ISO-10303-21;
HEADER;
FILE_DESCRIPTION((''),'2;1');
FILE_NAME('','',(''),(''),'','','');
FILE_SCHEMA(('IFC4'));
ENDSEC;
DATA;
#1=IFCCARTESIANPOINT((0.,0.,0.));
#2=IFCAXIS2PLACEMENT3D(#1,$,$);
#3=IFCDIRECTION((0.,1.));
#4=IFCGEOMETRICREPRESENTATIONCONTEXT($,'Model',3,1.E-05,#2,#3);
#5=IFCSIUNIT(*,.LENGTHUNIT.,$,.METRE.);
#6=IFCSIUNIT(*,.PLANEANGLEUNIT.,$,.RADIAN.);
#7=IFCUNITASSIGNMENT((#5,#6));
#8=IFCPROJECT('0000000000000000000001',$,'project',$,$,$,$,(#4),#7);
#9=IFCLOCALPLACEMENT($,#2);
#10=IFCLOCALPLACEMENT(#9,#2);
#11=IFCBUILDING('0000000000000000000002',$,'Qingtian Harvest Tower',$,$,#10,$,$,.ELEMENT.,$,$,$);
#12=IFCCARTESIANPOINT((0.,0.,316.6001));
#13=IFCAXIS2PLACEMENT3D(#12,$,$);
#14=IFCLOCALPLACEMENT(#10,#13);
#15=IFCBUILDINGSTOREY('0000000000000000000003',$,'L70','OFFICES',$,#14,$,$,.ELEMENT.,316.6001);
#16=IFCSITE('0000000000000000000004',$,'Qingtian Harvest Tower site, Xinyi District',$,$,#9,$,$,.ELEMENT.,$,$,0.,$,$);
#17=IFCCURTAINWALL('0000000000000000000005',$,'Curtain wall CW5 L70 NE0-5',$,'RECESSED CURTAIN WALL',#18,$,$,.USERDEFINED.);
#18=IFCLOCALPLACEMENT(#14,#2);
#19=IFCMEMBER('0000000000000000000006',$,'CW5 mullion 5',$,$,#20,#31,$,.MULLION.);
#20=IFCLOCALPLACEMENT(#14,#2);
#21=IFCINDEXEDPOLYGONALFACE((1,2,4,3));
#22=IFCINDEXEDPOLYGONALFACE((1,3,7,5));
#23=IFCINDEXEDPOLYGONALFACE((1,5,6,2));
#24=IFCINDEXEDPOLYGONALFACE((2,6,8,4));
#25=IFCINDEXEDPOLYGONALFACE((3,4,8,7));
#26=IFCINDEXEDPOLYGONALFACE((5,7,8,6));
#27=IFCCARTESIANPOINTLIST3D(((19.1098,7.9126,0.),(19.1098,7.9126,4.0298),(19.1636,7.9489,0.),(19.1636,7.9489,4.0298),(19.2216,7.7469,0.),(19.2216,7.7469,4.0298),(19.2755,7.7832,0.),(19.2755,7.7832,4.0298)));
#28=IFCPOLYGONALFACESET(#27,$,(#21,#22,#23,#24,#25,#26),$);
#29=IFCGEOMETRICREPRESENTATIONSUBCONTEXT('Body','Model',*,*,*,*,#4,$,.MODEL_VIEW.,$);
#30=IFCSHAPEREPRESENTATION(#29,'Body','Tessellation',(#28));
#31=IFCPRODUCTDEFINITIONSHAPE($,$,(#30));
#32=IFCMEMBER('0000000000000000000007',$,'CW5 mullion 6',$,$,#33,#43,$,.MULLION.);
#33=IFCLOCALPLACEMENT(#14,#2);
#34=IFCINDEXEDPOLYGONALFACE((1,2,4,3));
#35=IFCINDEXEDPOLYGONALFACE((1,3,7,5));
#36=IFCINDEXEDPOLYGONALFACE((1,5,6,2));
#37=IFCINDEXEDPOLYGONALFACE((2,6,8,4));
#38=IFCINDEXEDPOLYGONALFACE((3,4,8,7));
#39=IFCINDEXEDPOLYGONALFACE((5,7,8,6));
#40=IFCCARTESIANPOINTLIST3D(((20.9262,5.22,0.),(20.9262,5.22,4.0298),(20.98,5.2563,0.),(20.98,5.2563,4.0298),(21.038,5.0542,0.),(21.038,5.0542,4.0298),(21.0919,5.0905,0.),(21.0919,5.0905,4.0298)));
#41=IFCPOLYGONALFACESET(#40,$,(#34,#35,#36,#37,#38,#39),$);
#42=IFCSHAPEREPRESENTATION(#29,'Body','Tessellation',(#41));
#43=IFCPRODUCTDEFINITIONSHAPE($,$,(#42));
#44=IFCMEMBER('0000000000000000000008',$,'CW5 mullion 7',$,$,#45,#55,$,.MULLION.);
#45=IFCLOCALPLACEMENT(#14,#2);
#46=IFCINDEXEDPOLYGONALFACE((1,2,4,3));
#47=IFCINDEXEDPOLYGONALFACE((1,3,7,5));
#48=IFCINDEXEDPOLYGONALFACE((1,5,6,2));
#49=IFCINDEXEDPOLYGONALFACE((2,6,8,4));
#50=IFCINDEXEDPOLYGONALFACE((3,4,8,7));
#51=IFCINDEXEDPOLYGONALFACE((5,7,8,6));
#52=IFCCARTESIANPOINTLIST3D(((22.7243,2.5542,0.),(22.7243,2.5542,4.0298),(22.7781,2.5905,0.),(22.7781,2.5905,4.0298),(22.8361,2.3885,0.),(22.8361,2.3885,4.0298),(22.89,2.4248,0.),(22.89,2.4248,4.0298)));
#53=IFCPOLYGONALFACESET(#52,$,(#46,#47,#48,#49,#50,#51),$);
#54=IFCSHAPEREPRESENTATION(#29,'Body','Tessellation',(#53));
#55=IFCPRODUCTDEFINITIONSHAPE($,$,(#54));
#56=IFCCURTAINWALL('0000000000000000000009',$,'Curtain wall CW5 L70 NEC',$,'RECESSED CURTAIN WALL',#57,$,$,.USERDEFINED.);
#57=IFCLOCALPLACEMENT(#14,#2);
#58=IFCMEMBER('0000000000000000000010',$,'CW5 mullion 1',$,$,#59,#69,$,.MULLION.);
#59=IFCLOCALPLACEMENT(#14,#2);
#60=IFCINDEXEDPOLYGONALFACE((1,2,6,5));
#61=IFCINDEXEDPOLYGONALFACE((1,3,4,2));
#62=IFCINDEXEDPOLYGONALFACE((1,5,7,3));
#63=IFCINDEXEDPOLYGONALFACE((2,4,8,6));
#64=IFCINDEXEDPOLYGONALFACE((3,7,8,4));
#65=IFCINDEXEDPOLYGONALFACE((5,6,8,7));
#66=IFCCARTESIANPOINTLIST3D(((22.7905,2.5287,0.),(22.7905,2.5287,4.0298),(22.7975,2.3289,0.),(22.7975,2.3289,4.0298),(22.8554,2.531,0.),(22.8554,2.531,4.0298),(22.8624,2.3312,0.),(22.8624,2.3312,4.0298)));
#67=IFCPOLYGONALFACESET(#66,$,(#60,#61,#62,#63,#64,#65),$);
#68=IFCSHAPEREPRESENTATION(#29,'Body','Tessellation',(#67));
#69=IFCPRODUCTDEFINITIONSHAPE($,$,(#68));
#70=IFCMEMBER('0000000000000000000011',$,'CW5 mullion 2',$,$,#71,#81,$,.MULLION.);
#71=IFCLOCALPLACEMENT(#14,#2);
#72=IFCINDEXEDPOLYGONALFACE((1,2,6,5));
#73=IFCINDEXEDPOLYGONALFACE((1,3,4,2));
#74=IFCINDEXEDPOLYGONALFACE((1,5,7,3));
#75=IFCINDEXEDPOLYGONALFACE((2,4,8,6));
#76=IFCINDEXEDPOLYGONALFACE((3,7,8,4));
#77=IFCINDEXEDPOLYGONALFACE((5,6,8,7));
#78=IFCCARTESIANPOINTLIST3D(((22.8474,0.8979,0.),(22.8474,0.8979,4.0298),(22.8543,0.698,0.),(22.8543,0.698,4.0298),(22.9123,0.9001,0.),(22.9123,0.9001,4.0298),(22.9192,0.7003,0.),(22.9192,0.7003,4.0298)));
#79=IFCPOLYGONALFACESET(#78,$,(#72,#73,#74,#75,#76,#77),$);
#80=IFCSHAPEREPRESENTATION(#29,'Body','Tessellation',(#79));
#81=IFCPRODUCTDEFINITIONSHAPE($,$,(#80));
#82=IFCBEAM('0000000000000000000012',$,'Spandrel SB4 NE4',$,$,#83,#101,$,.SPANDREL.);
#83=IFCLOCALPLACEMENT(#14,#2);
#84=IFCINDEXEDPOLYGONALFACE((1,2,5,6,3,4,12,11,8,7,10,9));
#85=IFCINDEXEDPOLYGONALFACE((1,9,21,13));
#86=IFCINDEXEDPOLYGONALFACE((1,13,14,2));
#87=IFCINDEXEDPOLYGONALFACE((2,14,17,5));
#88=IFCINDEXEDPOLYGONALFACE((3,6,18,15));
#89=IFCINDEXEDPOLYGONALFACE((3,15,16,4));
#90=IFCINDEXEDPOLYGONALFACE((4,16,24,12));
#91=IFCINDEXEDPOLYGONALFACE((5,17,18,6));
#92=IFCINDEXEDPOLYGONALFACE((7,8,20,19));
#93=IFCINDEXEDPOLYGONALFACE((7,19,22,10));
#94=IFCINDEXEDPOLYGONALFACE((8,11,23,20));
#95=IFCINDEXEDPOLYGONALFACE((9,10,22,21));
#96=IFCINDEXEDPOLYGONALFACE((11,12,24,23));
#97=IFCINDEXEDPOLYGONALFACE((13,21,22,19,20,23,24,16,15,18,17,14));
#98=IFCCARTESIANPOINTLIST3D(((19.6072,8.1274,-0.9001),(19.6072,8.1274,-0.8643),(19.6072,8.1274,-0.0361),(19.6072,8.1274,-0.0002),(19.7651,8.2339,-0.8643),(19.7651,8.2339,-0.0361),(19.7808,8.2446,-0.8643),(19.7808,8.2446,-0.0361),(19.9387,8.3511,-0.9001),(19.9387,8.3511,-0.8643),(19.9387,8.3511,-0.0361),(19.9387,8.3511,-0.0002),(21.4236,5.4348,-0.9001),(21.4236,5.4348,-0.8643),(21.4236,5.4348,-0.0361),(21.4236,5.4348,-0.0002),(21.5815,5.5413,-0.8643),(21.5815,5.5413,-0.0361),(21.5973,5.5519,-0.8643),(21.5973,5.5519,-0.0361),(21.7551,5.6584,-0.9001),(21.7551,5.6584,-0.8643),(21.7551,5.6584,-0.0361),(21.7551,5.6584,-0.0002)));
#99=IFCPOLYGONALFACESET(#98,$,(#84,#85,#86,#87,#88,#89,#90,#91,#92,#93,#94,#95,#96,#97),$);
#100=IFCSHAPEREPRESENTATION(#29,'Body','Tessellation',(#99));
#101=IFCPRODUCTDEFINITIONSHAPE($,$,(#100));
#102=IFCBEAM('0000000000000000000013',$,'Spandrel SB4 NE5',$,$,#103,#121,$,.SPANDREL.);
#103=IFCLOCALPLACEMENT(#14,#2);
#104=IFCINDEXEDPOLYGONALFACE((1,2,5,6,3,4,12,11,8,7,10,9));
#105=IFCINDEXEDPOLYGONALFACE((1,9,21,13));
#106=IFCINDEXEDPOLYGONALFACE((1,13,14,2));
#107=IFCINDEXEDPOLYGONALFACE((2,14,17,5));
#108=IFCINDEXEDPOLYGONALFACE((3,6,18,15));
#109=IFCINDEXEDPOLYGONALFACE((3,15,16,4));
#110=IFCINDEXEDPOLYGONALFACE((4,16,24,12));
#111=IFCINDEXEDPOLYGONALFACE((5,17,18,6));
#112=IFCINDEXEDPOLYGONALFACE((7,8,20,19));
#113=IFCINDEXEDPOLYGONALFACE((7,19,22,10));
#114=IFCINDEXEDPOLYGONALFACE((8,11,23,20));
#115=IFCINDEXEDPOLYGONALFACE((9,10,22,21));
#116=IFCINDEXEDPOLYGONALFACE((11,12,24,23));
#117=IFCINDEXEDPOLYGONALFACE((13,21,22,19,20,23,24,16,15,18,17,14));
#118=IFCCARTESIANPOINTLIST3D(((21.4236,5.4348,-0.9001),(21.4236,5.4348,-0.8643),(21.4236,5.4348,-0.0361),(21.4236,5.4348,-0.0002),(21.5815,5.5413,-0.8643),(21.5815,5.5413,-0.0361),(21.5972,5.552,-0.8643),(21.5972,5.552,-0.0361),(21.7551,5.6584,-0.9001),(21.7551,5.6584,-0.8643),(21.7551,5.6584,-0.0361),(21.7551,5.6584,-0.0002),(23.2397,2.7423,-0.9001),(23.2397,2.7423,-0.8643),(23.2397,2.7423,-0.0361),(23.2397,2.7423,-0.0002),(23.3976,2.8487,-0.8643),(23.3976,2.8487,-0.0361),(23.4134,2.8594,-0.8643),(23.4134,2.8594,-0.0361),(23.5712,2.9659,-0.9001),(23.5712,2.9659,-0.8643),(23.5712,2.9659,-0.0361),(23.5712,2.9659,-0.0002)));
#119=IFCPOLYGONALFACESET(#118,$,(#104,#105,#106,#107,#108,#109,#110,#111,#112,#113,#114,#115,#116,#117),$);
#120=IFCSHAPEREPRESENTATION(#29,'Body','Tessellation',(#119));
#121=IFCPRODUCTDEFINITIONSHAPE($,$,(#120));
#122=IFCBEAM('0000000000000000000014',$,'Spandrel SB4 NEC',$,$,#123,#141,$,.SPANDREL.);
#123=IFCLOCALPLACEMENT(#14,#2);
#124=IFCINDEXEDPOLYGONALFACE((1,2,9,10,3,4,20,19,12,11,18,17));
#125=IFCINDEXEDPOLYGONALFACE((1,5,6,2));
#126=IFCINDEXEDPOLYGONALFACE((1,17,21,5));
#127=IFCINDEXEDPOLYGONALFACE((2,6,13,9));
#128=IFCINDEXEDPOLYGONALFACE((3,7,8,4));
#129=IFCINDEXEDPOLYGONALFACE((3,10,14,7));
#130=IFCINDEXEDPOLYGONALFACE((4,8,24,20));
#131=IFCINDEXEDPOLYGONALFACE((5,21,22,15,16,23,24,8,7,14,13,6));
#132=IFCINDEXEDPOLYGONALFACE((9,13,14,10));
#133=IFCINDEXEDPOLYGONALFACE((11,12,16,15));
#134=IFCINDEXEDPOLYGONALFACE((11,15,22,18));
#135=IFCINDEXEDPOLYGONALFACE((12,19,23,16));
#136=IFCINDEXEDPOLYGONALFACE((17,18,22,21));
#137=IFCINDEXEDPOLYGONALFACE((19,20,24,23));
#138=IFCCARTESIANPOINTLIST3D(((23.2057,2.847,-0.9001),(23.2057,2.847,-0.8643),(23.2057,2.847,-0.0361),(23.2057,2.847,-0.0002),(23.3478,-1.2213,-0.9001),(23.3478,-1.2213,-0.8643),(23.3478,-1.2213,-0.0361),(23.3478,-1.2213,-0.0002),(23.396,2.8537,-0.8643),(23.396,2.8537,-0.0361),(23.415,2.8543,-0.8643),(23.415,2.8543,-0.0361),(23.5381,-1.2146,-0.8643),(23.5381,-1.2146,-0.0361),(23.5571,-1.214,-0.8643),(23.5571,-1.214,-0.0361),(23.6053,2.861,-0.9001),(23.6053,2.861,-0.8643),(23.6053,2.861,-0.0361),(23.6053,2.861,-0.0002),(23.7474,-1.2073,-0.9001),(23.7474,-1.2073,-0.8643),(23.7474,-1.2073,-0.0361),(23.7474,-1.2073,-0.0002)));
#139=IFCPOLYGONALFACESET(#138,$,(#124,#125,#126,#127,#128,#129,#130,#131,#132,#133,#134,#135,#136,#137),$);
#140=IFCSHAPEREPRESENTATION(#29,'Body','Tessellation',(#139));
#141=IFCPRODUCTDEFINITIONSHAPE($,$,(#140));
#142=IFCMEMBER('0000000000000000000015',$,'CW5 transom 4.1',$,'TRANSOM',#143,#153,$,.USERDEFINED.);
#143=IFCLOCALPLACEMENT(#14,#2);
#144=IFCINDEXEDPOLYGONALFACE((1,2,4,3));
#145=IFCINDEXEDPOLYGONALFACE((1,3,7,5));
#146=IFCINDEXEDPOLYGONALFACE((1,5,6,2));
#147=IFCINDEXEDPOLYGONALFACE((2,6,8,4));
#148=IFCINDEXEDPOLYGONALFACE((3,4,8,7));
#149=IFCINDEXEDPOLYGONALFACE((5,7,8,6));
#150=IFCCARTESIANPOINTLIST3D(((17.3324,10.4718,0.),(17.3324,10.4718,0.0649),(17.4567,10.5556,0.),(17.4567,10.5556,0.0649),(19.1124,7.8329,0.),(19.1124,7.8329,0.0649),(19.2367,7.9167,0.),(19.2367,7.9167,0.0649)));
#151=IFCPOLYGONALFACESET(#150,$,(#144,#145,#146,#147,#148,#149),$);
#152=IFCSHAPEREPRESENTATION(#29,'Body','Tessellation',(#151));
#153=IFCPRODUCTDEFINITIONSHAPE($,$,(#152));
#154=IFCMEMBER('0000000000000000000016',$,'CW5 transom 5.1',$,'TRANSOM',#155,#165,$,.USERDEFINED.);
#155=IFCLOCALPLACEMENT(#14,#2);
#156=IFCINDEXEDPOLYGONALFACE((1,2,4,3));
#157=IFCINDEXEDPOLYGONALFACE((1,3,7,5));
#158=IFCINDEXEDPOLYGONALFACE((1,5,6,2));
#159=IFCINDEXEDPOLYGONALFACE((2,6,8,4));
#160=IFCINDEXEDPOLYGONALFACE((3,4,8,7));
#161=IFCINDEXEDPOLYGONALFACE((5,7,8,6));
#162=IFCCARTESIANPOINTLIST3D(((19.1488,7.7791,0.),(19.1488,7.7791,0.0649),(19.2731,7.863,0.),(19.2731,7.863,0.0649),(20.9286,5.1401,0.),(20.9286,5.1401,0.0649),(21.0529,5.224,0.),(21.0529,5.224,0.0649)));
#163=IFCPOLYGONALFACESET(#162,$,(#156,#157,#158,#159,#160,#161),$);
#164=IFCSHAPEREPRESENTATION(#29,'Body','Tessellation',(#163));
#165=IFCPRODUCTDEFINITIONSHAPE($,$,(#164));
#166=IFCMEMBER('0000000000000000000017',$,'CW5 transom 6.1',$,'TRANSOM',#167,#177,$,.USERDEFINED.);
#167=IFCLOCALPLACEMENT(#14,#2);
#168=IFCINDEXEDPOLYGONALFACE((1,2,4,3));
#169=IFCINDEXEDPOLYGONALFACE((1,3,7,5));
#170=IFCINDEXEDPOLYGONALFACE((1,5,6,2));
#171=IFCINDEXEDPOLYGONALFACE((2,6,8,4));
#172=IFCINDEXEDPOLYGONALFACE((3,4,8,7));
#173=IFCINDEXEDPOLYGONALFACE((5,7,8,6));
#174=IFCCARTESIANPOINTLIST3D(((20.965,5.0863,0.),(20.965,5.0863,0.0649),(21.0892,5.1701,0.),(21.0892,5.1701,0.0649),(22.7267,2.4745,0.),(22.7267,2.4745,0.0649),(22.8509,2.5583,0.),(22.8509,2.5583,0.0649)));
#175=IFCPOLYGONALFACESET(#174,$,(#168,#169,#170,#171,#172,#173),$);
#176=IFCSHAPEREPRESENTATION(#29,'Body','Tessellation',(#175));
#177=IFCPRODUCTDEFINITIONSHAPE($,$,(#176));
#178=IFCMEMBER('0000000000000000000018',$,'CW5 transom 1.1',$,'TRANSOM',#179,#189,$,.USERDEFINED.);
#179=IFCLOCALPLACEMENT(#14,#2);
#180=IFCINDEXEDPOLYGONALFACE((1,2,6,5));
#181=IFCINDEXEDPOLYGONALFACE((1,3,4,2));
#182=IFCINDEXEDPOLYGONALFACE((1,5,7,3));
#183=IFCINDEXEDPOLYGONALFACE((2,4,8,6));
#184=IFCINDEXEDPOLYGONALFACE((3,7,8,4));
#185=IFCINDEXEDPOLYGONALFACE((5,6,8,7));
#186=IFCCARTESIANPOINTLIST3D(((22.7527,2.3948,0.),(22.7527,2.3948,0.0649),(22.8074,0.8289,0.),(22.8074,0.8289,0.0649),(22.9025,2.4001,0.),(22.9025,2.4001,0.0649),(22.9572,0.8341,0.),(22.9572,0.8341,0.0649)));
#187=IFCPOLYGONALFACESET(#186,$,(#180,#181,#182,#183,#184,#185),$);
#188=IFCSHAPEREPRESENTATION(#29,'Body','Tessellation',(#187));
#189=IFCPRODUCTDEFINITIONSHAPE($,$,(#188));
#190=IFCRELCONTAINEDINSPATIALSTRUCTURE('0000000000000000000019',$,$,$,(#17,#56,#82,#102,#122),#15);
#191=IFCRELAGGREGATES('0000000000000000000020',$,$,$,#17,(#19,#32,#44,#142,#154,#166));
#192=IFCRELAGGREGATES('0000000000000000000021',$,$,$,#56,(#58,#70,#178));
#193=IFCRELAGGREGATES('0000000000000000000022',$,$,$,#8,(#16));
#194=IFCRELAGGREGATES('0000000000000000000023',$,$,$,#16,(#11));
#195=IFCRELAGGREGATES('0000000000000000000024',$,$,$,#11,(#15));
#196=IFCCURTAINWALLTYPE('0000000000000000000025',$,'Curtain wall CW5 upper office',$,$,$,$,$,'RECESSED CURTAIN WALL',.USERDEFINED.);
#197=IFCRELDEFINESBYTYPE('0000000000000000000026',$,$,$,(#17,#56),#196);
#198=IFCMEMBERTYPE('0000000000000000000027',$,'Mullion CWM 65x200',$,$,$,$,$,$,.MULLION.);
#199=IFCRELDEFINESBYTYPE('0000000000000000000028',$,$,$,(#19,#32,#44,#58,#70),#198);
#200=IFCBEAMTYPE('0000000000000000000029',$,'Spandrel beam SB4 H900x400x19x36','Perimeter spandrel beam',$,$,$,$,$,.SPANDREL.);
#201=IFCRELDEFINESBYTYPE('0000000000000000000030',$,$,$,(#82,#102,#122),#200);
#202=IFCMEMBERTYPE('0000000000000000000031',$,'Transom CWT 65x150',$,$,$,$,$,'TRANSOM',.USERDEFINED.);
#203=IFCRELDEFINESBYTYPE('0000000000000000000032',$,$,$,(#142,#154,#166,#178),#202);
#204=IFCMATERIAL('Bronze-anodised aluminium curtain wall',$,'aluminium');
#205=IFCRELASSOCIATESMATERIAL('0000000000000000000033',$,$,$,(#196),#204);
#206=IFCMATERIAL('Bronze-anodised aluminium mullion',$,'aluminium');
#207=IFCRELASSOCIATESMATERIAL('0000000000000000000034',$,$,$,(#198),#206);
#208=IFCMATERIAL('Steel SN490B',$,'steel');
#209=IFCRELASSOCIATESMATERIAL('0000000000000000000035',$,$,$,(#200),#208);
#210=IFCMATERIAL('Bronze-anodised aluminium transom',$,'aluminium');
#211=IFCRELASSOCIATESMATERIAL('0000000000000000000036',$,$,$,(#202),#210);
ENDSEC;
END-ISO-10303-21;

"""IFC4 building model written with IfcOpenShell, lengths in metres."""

from ifc_helpers import new_model, si_unit, direction, frame, origin, origin_2d, place, context, subcontext, project, spatial, rectangle, i_section, extrude, material, material_profile, profile_set, type_object, element, aggregate, save


model = new_model("IFC4")

# Units and contexts
model_context = context("Model", 3, precision=1e-05, world=origin(), true_north=direction((0.0, 1.0)))
body_context = subcontext(model_context, "Body", "Model", "MODEL_VIEW")
ifc_project = project(units=[si_unit("LENGTHUNIT", "METRE"), si_unit("PLANEANGLEUNIT", "RADIAN")], contexts=[model_context])

# Site, building, storey
site_placement = place(None, origin())
site = spatial("IfcSite", under=ifc_project, at=site_placement, Name="Qingtian Harvest Tower site, Xinyi District", CompositionType="ELEMENT", RefElevation=0.0)
building_placement = place(site_placement, origin())
building = spatial("IfcBuilding", under=site, at=building_placement, Name="Qingtian Harvest Tower", CompositionType="ELEMENT")
storey_placement = place(building_placement, frame((0.0, 0.0, 316.6001)))
storey = spatial("IfcBuildingStorey", under=building, at=storey_placement, Name="L70", Description="OFFICES", CompositionType="ELEMENT", Elevation=316.6001)

# Curtain walls, members
ifc_material_1 = material(Name="Bronze-anodised aluminium curtain wall", Category="aluminium")
curtain_wall_type = type_object("IfcCurtainWallType", Name="Curtain wall CW5 upper office", ElementType="RECESSED CURTAIN WALL", PredefinedType="USERDEFINED", material=ifc_material_1)
curtain_wall_1_placement = place(storey_placement, origin())
curtain_wall_1 = element("IfcCurtainWall", 1, at=curtain_wall_1_placement, inside=storey, type_object=curtain_wall_type, Name="Curtain wall CW5 L70 NE0-5", ObjectType="RECESSED CURTAIN WALL", PredefinedType="USERDEFINED")
ifc_material_2 = material(Name="Bronze-anodised aluminium mullion", Category="aluminium")
ifc_material_profile_1 = material_profile(ifc_material_2, rectangle(XDim=0.0649, YDim=0.2, at=origin_2d()), Name="AL 65x200")
ifc_profile_set_1 = profile_set([ifc_material_profile_1], Name="Bronze-anodised aluminium mullion")
member_type_1 = type_object("IfcMemberType", Name="Mullion CWM 65x200", PredefinedType="MULLION", material=ifc_profile_set_1)
member_1_placement = place(storey_placement, frame((19.1926, 7.8479, 0.0), z_axis=(0.0, 0.0, 1.0), x_axis=(0.829038, 0.559193, 0.0)))
member_1 = element("IfcMember", 2, at=member_1_placement, type_object=member_type_1, Name="CW5 mullion 5", PredefinedType="MULLION", context=body_context, shape_type="SweptSolid", body=[
    extrude(rectangle(XDim=0.0649, YDim=0.2, at=origin_2d()), origin(), (0.0, 0.0, 1.0), 4.0298),
])
member_2_placement = place(storey_placement, frame((21.009, 5.1553, 0.0), z_axis=(0.0, 0.0, 1.0), x_axis=(0.829038, 0.559193, 0.0)))
member_2 = element("IfcMember", 3, at=member_2_placement, type_object=member_type_1, Name="CW5 mullion 6", PredefinedType="MULLION", context=body_context, shape_type="SweptSolid", body=[
    extrude(rectangle(XDim=0.0649, YDim=0.2, at=origin_2d()), origin(), (0.0, 0.0, 1.0), 4.0298),
])
member_3_placement = place(storey_placement, frame((22.8071, 2.4895, 0.0), z_axis=(0.0, 0.0, 1.0), x_axis=(0.829038, 0.559193, 0.0)))
member_3 = element("IfcMember", 4, at=member_3_placement, type_object=member_type_1, Name="CW5 mullion 7", PredefinedType="MULLION", context=body_context, shape_type="SweptSolid", body=[
    extrude(rectangle(XDim=0.0649, YDim=0.2, at=origin_2d()), origin(), (0.0, 0.0, 1.0), 4.0298),
])
curtain_wall_2_placement = place(storey_placement, origin())
curtain_wall_2 = element("IfcCurtainWall", 5, at=curtain_wall_2_placement, inside=storey, type_object=curtain_wall_type, Name="Curtain wall CW5 L70 NEC", ObjectType="RECESSED CURTAIN WALL", PredefinedType="USERDEFINED")
member_4_placement = place(storey_placement, frame((22.8264, 2.4299, 0.0), z_axis=(0.0, 0.0, 1.0), x_axis=(0.999391, 0.034899, 0.0)))
member_4 = element("IfcMember", 6, at=member_4_placement, type_object=member_type_1, Name="CW5 mullion 1", PredefinedType="MULLION", context=body_context, shape_type="SweptSolid", body=[
    extrude(rectangle(XDim=0.0649, YDim=0.2, at=origin_2d()), origin(), (0.0, 0.0, 1.0), 4.0298),
])
member_5_placement = place(storey_placement, frame((22.8833, 0.7991, 0.0), z_axis=(0.0, 0.0, 1.0), x_axis=(0.999391, 0.034899, 0.0)))
member_5 = element("IfcMember", 7, at=member_5_placement, type_object=member_type_1, Name="CW5 mullion 2", PredefinedType="MULLION", context=body_context, shape_type="SweptSolid", body=[
    extrude(rectangle(XDim=0.0649, YDim=0.2, at=origin_2d()), origin(), (0.0, 0.0, 1.0), 4.0298),
])

# Beams
ifc_material_3 = material(Name="Steel SN490B", Category="steel")
ifc_material_profile_2 = material_profile(ifc_material_3, i_section(OverallWidth=0.3999, OverallDepth=0.8999, WebThickness=0.019, FlangeThickness=0.0359, at=origin_2d()), Name="H900x400x19x36")
ifc_profile_set_2 = profile_set([ifc_material_profile_2], Name="Steel SN490B")
beam_type_1 = type_object("IfcBeamType", Name="Spandrel beam SB4 H900x400x19x36", Description="Perimeter spandrel beam", PredefinedType="SPANDREL", material=ifc_profile_set_2)
beam_1_placement = place(storey_placement, frame((19.7729, 8.2393, -0.4502), z_axis=(0.559237, -0.829008, 0.0), x_axis=(0.829008, 0.559237, 0.0)))
element("IfcBeam", 8, at=beam_1_placement, inside=storey, type_object=beam_type_1, Name="Spandrel SB4 NE4", PredefinedType="SPANDREL", context=body_context, shape_type="SweptSolid", body=[
    extrude(i_section(OverallWidth=0.3999, OverallDepth=0.8999, WebThickness=0.019, FlangeThickness=0.0359, at=origin_2d()), origin(), (0.0, 0.0, 1.0), 3.248),
])
beam_2_placement = place(storey_placement, frame((21.5894, 5.5466, -0.4502), z_axis=(0.559185, -0.829043, 0.0), x_axis=(0.829043, 0.559185, 0.0)))
element("IfcBeam", 9, at=beam_2_placement, inside=storey, type_object=beam_type_1, Name="Spandrel SB4 NE5", PredefinedType="SPANDREL", context=body_context, shape_type="SweptSolid", body=[
    extrude(i_section(OverallWidth=0.3999, OverallDepth=0.8999, WebThickness=0.019, FlangeThickness=0.0359, at=origin_2d()), origin(), (0.0, 0.0, 1.0), 3.2478),
])
beam_3_placement = place(storey_placement, frame((23.4055, 2.854, -0.4502), z_axis=(0.034904, -0.999391, 0.0), x_axis=(0.999391, 0.034904, 0.0)))
element("IfcBeam", 10, at=beam_3_placement, inside=storey, type_object=beam_type_1, Name="Spandrel SB4 NEC", PredefinedType="SPANDREL", context=body_context, shape_type="SweptSolid", body=[
    extrude(i_section(OverallWidth=0.3999, OverallDepth=0.8999, WebThickness=0.019, FlangeThickness=0.0359, at=origin_2d()), origin(), (0.0, 0.0, 1.0), 4.0708),
])

# Members
ifc_material_4 = material(Name="Bronze-anodised aluminium transom", Category="aluminium")
ifc_material_profile_3 = material_profile(ifc_material_4, rectangle(XDim=0.1499, YDim=0.0649, at=origin_2d()), Name="AL 65x150")
ifc_profile_set_3 = profile_set([ifc_material_profile_3], Name="Bronze-anodised aluminium transom")
member_type_2 = type_object("IfcMemberType", Name="Transom CWT 65x150", ElementType="TRANSOM", PredefinedType="USERDEFINED", material=ifc_profile_set_3)
member_6_placement = place(storey_placement, frame((17.3945, 10.5137, 0.0325), z_axis=(0.559205, -0.829029, 0.0), x_axis=(0.829029, 0.559205, 0.0)))
member_6 = element("IfcMember", 11, at=member_6_placement, type_object=member_type_2, Name="CW5 transom 4.1", ObjectType="TRANSOM", PredefinedType="USERDEFINED", context=body_context, shape_type="SweptSolid", body=[
    extrude(rectangle(XDim=0.1499, YDim=0.0649, at=origin_2d()), origin(), (0.0, 0.0, 1.0), 3.1831),
])
member_7_placement = place(storey_placement, frame((19.2109, 7.821, 0.0325), z_axis=(0.559153, -0.829065, 0.0), x_axis=(0.829065, 0.559153, 0.0)))
member_7 = element("IfcMember", 12, at=member_7_placement, type_object=member_type_2, Name="CW5 transom 5.1", ObjectType="TRANSOM", PredefinedType="USERDEFINED", context=body_context, shape_type="SweptSolid", body=[
    extrude(rectangle(XDim=0.1499, YDim=0.0649, at=origin_2d()), origin(), (0.0, 0.0, 1.0), 3.1831),
])
member_8_placement = place(storey_placement, frame((21.0271, 5.1282, 0.0325), z_axis=(0.559199, -0.829034, 0.0), x_axis=(0.829034, 0.559199, 0.0)))
member_8 = element("IfcMember", 13, at=member_8_placement, type_object=member_type_2, Name="CW5 transom 6.1", ObjectType="TRANSOM", PredefinedType="USERDEFINED", context=body_context, shape_type="SweptSolid", body=[
    extrude(rectangle(XDim=0.1499, YDim=0.0649, at=origin_2d()), origin(), (0.0, 0.0, 1.0), 3.1504),
])
member_9_placement = place(storey_placement, frame((22.8276, 2.3975, 0.0325), z_axis=(0.034902, -0.999391, 0.0), x_axis=(0.999391, 0.034902, 0.0)))
member_9 = element("IfcMember", 14, at=member_9_placement, type_object=member_type_2, Name="CW5 transom 1.1", ObjectType="TRANSOM", PredefinedType="USERDEFINED", context=body_context, shape_type="SweptSolid", body=[
    extrude(rectangle(XDim=0.1499, YDim=0.0649, at=origin_2d()), origin(), (0.0, 0.0, 1.0), 1.5669),
])

aggregate(curtain_wall_1, [member_1, member_2, member_3, member_6, member_7, member_8])
aggregate(curtain_wall_2, [member_4, member_5, member_9])

save(model, "model.ifc")
